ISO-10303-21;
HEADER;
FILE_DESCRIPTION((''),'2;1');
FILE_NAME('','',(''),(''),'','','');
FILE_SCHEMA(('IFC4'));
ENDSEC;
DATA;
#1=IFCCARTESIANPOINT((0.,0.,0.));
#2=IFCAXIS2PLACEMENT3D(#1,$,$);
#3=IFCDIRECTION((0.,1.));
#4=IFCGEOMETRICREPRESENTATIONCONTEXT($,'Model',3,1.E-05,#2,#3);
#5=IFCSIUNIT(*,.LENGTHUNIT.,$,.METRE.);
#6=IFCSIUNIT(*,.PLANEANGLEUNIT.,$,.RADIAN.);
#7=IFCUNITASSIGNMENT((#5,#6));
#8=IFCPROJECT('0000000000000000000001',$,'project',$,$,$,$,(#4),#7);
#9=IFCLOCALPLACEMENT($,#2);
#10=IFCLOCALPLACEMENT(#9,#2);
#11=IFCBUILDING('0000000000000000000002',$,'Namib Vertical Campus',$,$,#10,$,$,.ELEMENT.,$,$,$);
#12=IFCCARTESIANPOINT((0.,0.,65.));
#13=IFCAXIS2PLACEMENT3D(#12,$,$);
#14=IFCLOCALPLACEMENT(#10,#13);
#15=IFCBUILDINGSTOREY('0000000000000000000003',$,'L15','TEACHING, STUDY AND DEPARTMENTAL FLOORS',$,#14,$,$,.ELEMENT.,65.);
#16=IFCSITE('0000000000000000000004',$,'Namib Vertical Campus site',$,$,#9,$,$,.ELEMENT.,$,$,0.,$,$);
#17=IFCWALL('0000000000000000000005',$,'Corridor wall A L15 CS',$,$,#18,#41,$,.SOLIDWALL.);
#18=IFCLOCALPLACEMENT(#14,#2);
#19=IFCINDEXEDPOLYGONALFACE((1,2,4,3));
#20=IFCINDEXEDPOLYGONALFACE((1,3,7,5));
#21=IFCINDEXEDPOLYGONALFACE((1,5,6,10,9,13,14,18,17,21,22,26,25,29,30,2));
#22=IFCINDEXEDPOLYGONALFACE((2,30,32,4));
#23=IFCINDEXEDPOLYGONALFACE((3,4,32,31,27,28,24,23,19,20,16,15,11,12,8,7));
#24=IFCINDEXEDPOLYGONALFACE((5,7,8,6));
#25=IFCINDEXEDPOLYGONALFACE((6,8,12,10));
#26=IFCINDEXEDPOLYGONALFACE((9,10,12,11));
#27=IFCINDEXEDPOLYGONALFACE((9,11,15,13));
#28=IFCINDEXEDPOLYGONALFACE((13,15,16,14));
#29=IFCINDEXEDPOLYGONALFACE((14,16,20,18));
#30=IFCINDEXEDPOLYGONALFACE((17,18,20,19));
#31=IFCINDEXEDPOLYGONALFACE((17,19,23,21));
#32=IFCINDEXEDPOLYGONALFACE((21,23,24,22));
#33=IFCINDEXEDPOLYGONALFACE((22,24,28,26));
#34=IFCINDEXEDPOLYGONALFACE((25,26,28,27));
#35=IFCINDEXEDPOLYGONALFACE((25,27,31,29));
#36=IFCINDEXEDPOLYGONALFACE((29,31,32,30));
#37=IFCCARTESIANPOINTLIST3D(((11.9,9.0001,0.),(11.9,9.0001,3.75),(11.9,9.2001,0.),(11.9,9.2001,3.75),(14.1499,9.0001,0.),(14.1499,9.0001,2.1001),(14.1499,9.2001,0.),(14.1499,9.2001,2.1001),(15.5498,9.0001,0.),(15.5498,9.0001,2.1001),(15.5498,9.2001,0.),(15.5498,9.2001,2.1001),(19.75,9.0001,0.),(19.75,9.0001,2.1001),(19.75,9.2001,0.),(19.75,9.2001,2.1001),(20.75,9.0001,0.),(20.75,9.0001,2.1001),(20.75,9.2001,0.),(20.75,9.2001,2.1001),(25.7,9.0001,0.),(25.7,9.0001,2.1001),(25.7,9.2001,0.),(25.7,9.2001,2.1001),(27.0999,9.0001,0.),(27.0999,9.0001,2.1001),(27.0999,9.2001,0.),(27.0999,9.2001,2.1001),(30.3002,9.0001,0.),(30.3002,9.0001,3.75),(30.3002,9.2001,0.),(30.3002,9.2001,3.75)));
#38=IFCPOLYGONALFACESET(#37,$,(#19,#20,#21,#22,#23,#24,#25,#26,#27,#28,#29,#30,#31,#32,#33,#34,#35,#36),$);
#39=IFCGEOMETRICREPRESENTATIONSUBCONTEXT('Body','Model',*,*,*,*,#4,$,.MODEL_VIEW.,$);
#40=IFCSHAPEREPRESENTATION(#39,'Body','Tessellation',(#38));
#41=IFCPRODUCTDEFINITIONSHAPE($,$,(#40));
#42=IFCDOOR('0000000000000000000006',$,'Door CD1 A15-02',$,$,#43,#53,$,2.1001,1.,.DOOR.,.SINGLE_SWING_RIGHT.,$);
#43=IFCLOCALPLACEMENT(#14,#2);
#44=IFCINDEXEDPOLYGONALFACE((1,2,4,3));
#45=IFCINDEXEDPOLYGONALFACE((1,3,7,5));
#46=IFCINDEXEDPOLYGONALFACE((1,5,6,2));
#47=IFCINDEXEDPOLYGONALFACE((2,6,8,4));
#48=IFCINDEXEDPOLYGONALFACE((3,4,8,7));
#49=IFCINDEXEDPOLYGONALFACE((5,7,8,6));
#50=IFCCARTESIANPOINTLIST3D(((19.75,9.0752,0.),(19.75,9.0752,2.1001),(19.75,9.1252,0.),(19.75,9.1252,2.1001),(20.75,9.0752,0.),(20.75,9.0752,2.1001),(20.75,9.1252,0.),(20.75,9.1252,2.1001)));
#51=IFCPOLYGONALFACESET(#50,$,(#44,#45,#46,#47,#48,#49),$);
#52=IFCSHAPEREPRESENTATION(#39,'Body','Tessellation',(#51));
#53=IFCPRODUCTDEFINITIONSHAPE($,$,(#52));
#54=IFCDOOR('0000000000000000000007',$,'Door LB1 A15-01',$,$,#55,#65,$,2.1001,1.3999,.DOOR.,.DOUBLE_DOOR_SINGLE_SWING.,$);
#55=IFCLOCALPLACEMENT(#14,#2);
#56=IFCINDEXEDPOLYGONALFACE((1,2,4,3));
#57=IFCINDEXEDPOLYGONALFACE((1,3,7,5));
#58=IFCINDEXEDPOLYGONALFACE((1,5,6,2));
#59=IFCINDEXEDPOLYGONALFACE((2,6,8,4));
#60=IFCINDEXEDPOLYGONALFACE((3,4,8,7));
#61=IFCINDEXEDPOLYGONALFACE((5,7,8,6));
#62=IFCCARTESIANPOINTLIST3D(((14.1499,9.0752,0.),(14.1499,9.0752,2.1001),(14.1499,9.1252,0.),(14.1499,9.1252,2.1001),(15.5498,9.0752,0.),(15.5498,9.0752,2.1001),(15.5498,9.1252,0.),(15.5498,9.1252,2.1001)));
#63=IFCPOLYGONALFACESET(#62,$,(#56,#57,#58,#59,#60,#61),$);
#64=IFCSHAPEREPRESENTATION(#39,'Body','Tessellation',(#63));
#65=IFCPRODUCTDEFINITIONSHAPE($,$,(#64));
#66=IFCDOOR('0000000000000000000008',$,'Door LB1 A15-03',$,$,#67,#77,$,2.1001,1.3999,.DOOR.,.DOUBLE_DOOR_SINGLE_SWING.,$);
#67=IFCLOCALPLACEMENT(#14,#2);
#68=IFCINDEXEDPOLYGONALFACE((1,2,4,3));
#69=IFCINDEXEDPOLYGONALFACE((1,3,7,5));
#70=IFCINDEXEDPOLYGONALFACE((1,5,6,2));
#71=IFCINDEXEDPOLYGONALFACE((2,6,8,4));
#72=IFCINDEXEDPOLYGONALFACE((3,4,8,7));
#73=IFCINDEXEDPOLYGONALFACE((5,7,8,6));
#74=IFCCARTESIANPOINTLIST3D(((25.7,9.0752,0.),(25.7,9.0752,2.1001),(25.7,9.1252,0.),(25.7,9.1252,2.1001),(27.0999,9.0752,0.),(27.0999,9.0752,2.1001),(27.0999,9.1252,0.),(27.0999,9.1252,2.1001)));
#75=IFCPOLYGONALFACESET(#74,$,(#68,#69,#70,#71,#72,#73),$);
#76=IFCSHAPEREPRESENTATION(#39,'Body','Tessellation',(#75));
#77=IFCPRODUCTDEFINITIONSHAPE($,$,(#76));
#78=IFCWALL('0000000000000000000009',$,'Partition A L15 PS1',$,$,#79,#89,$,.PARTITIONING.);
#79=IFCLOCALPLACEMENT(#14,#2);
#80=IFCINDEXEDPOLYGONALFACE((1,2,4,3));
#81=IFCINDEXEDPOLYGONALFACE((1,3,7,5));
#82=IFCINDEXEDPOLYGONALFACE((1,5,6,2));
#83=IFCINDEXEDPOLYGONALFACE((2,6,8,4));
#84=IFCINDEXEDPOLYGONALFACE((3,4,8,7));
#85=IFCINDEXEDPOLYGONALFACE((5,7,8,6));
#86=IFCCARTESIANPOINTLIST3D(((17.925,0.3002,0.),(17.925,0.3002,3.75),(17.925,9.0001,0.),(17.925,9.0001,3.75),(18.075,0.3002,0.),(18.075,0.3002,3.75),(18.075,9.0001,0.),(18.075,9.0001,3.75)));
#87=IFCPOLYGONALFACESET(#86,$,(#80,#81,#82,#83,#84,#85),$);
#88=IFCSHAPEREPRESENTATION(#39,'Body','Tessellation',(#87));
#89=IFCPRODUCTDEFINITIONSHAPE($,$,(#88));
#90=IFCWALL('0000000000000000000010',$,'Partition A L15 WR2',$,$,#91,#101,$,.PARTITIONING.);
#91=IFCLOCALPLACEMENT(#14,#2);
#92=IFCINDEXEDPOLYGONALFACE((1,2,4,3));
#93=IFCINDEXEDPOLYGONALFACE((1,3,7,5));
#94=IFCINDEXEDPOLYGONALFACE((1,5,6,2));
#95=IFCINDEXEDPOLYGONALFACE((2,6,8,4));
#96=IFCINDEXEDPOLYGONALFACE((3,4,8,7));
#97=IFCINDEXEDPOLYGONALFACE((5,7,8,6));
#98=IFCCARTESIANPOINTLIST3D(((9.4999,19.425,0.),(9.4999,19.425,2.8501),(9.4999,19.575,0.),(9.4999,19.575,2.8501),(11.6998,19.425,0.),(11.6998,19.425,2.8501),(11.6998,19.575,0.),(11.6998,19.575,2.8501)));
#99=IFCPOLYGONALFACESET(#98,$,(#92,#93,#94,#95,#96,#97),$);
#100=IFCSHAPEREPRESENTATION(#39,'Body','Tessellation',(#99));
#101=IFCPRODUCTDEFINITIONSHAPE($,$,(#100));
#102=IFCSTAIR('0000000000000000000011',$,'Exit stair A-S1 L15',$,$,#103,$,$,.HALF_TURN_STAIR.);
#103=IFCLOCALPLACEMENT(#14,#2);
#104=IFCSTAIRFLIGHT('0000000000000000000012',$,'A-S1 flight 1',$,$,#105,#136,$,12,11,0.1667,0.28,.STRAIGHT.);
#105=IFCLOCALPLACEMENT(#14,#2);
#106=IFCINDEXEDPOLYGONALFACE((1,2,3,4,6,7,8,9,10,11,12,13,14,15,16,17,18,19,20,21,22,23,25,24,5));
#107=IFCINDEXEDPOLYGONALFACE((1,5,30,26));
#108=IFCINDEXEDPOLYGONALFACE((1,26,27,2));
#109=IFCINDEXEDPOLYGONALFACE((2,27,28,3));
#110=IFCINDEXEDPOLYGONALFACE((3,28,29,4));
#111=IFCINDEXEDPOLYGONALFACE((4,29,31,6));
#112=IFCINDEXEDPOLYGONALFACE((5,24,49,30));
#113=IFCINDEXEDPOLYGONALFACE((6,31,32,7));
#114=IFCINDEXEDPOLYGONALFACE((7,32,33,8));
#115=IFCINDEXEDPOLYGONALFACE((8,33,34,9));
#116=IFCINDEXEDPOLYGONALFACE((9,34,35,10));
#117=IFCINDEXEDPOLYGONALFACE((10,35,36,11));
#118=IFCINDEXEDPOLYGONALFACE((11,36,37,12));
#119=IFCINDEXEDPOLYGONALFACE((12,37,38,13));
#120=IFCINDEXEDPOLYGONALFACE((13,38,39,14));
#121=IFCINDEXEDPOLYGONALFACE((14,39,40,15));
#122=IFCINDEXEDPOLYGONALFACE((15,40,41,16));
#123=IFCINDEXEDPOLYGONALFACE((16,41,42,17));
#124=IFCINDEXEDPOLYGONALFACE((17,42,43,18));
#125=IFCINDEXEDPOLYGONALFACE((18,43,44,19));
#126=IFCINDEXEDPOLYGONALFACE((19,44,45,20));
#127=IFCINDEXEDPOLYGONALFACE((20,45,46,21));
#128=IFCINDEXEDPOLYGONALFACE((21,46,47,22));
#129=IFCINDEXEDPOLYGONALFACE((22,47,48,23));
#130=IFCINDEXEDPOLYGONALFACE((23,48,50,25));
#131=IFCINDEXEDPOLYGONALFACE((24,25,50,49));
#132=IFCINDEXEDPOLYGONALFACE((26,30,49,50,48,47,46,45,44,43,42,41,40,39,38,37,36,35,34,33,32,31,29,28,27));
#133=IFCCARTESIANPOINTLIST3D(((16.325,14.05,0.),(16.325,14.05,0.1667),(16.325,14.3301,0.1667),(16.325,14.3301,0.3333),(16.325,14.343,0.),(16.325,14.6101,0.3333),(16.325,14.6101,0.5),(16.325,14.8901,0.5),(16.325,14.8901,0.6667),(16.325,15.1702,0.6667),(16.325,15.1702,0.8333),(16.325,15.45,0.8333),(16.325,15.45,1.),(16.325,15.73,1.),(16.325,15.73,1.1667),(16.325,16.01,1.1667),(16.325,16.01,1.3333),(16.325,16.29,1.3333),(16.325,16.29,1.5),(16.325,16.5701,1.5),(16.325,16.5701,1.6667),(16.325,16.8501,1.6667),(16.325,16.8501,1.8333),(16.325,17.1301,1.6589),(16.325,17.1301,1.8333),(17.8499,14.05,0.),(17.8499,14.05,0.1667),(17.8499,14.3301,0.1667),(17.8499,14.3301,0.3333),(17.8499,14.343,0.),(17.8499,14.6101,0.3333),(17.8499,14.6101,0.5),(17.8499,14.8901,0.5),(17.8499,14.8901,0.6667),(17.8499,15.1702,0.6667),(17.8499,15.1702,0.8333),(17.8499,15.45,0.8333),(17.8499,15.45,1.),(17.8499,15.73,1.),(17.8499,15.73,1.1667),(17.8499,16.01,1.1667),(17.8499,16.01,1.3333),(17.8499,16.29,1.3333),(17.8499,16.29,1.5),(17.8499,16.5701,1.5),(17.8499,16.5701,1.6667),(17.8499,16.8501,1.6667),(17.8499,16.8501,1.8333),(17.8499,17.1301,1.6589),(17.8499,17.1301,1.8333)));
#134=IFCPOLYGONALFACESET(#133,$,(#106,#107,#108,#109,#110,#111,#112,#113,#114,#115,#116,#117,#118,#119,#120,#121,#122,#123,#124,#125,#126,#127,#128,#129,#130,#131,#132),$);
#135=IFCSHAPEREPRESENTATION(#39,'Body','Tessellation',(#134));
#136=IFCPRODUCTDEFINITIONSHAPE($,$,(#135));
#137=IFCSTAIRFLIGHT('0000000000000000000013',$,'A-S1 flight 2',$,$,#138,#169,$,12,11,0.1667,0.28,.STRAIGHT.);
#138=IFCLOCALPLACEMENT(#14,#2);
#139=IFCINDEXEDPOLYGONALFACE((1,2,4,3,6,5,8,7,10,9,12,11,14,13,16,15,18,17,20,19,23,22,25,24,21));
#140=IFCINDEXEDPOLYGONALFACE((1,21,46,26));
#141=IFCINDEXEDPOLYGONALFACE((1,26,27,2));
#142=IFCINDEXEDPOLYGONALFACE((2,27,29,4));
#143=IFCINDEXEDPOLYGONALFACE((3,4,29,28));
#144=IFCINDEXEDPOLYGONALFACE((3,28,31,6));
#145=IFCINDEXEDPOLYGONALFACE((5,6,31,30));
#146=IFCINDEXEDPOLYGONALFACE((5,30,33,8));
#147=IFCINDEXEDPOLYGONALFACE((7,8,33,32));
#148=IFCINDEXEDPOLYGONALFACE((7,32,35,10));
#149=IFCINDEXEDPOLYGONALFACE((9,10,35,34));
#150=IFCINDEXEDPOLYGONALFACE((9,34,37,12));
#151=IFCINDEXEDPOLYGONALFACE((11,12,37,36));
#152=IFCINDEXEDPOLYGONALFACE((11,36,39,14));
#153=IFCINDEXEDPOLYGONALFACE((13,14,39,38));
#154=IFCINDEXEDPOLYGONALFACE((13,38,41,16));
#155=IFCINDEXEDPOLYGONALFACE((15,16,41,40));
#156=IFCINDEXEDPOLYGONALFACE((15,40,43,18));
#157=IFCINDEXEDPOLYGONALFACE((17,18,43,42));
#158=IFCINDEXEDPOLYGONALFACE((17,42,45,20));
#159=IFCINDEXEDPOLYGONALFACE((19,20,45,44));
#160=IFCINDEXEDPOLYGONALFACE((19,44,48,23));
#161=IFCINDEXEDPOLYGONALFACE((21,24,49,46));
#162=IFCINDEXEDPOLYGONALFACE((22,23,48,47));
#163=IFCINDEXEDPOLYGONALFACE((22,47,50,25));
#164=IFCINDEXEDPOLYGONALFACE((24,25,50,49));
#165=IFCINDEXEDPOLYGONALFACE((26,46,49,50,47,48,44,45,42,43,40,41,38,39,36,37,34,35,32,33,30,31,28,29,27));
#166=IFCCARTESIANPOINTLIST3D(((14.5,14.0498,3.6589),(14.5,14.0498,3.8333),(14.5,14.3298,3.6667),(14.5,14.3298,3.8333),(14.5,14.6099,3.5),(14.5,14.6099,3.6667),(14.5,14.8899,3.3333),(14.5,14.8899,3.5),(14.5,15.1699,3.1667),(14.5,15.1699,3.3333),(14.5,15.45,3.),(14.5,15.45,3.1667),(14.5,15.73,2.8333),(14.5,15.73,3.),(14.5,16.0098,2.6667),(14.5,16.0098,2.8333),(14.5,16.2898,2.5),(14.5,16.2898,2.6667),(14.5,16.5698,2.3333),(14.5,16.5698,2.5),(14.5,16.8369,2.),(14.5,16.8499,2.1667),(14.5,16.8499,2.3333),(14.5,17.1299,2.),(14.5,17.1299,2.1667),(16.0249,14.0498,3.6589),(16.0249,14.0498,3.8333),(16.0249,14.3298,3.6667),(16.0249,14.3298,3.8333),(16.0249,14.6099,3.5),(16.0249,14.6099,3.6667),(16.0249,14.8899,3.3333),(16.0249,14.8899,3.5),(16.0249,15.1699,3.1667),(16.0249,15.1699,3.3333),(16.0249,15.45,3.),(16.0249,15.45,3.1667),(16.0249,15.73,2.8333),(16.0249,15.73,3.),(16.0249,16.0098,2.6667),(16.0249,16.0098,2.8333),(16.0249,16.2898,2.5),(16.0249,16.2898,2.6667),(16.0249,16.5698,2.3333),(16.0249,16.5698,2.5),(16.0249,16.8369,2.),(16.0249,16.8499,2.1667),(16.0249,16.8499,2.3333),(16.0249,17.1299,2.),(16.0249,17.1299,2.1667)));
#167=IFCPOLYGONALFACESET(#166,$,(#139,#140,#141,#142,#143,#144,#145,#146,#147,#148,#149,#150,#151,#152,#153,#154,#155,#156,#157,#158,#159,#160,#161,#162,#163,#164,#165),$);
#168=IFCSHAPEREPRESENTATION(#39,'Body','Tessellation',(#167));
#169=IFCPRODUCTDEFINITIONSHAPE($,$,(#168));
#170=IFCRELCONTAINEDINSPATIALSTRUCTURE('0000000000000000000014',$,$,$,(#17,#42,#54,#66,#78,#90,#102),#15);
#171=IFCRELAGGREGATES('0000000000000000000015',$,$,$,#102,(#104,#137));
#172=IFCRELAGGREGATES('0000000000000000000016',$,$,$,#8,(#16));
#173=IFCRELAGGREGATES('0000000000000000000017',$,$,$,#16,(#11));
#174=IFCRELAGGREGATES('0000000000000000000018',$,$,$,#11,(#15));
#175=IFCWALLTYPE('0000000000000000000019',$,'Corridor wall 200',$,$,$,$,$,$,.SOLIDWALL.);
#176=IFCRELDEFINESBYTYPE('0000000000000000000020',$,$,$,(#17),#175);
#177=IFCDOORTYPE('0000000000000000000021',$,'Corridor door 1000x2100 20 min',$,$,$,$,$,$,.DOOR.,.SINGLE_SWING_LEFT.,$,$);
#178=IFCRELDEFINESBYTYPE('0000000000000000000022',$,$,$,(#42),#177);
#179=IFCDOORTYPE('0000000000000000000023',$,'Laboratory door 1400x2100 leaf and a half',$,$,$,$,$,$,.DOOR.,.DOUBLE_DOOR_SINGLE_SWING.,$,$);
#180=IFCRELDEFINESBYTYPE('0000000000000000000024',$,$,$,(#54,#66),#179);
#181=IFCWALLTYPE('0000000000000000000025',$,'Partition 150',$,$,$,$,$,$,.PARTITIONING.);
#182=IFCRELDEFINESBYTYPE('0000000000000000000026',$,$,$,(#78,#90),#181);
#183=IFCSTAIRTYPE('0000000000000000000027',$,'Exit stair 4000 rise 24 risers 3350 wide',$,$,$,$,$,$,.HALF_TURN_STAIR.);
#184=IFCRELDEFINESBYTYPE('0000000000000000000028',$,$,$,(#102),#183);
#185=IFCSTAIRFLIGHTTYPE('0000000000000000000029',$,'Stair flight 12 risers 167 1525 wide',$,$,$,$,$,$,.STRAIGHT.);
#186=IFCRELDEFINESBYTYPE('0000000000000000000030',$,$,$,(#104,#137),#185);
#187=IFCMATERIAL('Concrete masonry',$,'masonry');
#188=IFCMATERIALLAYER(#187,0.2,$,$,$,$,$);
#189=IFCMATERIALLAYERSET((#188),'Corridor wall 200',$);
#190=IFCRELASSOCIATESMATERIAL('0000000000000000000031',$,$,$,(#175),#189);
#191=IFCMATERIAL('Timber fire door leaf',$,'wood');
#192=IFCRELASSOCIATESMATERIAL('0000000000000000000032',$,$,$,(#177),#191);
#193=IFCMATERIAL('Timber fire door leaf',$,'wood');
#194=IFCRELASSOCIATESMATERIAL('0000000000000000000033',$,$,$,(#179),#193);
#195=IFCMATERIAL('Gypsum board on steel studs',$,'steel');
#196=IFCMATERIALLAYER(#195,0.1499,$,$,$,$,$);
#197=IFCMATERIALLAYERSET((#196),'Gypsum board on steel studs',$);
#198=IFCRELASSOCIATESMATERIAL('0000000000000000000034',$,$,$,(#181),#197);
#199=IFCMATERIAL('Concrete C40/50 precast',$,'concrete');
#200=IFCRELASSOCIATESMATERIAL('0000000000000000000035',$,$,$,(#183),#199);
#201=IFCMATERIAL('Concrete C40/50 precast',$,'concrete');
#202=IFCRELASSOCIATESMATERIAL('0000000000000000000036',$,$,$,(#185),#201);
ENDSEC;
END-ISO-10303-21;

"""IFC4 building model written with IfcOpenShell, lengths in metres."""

from ifc_helpers import new_model, si_unit, direction, frame, frame_2d, origin, place, context, subcontext, project, spatial, polyline, rectangle, outline, extrude, material, layer, layer_set, type_object, element, fill, aggregate, save


model = new_model("IFC4")

# Units and contexts
model_context = context("Model", 3, precision=1e-05, world=origin(), true_north=direction((0.0, 1.0)))
body_context = subcontext(model_context, "Body", "Model", "MODEL_VIEW")
ifc_project = project(units=[si_unit("LENGTHUNIT", "METRE"), si_unit("PLANEANGLEUNIT", "RADIAN")], contexts=[model_context])

# Site, building, storey
site_placement = place(None, origin())
site = spatial("IfcSite", under=ifc_project, at=site_placement, Name="Namib Vertical Campus site", CompositionType="ELEMENT", RefElevation=0.0)
building_placement = place(site_placement, origin())
building = spatial("IfcBuilding", under=site, at=building_placement, Name="Namib Vertical Campus", CompositionType="ELEMENT")
storey_placement = place(building_placement, frame((0.0, 0.0, 65.0)))
storey = spatial("IfcBuildingStorey", under=building, at=storey_placement, Name="L15", Description="TEACHING, STUDY AND DEPARTMENTAL FLOORS", CompositionType="ELEMENT", Elevation=65.0)

# Wall, openings, doors
ifc_material_1 = material(Name="Concrete masonry", Category="masonry")
ifc_layer_1 = layer(ifc_material_1, 0.2)
ifc_layer_set_1 = layer_set([ifc_layer_1], Name="Corridor wall 200")
wall_type_1 = type_object("IfcWallType", Name="Corridor wall 200", PredefinedType="SOLIDWALL", material=ifc_layer_set_1)
wall_1_placement = place(storey_placement, frame((11.8999, 9.1001, 0.0), z_axis=(0.0, 0.0, 1.0), x_axis=(1.0, 0.0, 0.0)))
wall_1 = element("IfcWall", 1, at=wall_1_placement, inside=storey, type_object=wall_type_1, Name="Corridor wall A L15 CS", PredefinedType="SOLIDWALL", context=body_context, shape_type="SweptSolid", body=[
    extrude(rectangle(XDim=18.4001, YDim=0.2, at=frame_2d((9.2002, 0.0))), origin(), (0.0, 0.0, 1.0), 3.75),
])
opening_1_placement = place(wall_1_placement, frame((2.25, 0.0, 0.0)))
opening_1 = element("IfcOpeningElement", 2, at=opening_1_placement, cuts=wall_1, PredefinedType="OPENING", context=body_context, shape_type="SweptSolid", body=[
    extrude(rectangle(XDim=1.3999, YDim=2.1001, at=frame_2d((0.7, 1.05))), frame((0.0, 0.1099, 0.0), z_axis=(0.0, -1.0, 0.0), x_axis=(1.0, 0.0, 0.0)), (0.0, 0.0, 1.0), 0.22),
])
opening_2_placement = place(wall_1_placement, frame((7.8501, 0.0, 0.0)))
opening_2 = element("IfcOpeningElement", 3, at=opening_2_placement, cuts=wall_1, PredefinedType="OPENING", context=body_context, shape_type="SweptSolid", body=[
    extrude(rectangle(XDim=1.0, YDim=2.1001, at=frame_2d((0.5, 1.05))), frame((0.0, 0.1099, 0.0), z_axis=(0.0, -1.0, 0.0), x_axis=(1.0, 0.0, 0.0)), (0.0, 0.0, 1.0), 0.22),
])
opening_3_placement = place(wall_1_placement, frame((13.8, 0.0, 0.0)))
opening_3 = element("IfcOpeningElement", 4, at=opening_3_placement, cuts=wall_1, PredefinedType="OPENING", context=body_context, shape_type="SweptSolid", body=[
    extrude(rectangle(XDim=1.3999, YDim=2.1001, at=frame_2d((0.7, 1.05))), frame((0.0, 0.1099, 0.0), z_axis=(0.0, -1.0, 0.0), x_axis=(1.0, 0.0, 0.0)), (0.0, 0.0, 1.0), 0.22),
])
ifc_material_2 = material(Name="Timber fire door leaf", Category="wood")
door_type_1 = type_object("IfcDoorType", Name="Corridor door 1000x2100 20 min", OperationType="SINGLE_SWING_LEFT", PredefinedType="DOOR", material=ifc_material_2)
door_1_placement = place(opening_2_placement, frame((1.0, 0.0, 0.0), z_axis=(0.0, 0.0, 1.0), x_axis=(-1.0, 0.0, 0.0)))
door_1 = element("IfcDoor", 5, at=door_1_placement, inside=storey, type_object=door_type_1, Name="Door CD1 A15-02", OperationType="SINGLE_SWING_RIGHT", OverallHeight=2.1001, OverallWidth=1.0, PredefinedType="DOOR", context=body_context, shape_type="SweptSolid", body=[
    extrude(rectangle(XDim=1.0, YDim=2.1001, at=frame_2d((0.5, 1.05))), frame((0.0, 0.0249, 0.0), z_axis=(0.0, -1.0, 0.0), x_axis=(1.0, 0.0, 0.0)), (0.0, 0.0, 1.0), 0.05),
])
fill(opening_2, door_1)
ifc_material_3 = material(Name="Timber fire door leaf", Category="wood")
door_type_2 = type_object("IfcDoorType", Name="Laboratory door 1400x2100 leaf and a half", OperationType="DOUBLE_DOOR_SINGLE_SWING", PredefinedType="DOOR", material=ifc_material_3)
door_2_placement = place(opening_1_placement, frame((1.3999, 0.0, 0.0), z_axis=(0.0, 0.0, 1.0), x_axis=(-1.0, 0.0, 0.0)))
door_2 = element("IfcDoor", 6, at=door_2_placement, inside=storey, type_object=door_type_2, Name="Door LB1 A15-01", OperationType="DOUBLE_DOOR_SINGLE_SWING", OverallHeight=2.1001, OverallWidth=1.3999, PredefinedType="DOOR", context=body_context, shape_type="SweptSolid", body=[
    extrude(rectangle(XDim=1.3999, YDim=2.1001, at=frame_2d((0.7, 1.05))), frame((0.0, 0.0249, 0.0), z_axis=(0.0, -1.0, 0.0), x_axis=(1.0, 0.0, 0.0)), (0.0, 0.0, 1.0), 0.05),
])
fill(opening_1, door_2)
door_3_placement = place(opening_3_placement, frame((1.3999, 0.0, 0.0), z_axis=(0.0, 0.0, 1.0), x_axis=(-1.0, 0.0, 0.0)))
door_3 = element("IfcDoor", 7, at=door_3_placement, inside=storey, type_object=door_type_2, Name="Door LB1 A15-03", OperationType="DOUBLE_DOOR_SINGLE_SWING", OverallHeight=2.1001, OverallWidth=1.3999, PredefinedType="DOOR", context=body_context, shape_type="SweptSolid", body=[
    extrude(rectangle(XDim=1.3999, YDim=2.1001, at=frame_2d((0.7, 1.05))), frame((0.0, 0.0249, 0.0), z_axis=(0.0, -1.0, 0.0), x_axis=(1.0, 0.0, 0.0)), (0.0, 0.0, 1.0), 0.05),
])
fill(opening_3, door_3)

# Walls
ifc_material_4 = material(Name="Gypsum board on steel studs", Category="steel")
ifc_layer_2 = layer(ifc_material_4, 0.1499)
ifc_layer_set_2 = layer_set([ifc_layer_2], Name="Gypsum board on steel studs")
wall_type_2 = type_object("IfcWallType", Name="Partition 150", PredefinedType="PARTITIONING", material=ifc_layer_set_2)
wall_2_placement = place(storey_placement, frame((18.0, 0.3, 0.0), z_axis=(0.0, 0.0, 1.0), x_axis=(0.0, 1.0, 0.0)))
element("IfcWall", 8, at=wall_2_placement, inside=storey, type_object=wall_type_2, Name="Partition A L15 PS1", PredefinedType="PARTITIONING", context=body_context, shape_type="SweptSolid", body=[
    extrude(rectangle(XDim=8.7, YDim=0.1499, at=frame_2d((4.3501, 0.0))), origin(), (0.0, 0.0, 1.0), 3.75),
])
wall_3_placement = place(storey_placement, frame((11.7, 19.5, 0.0), z_axis=(0.0, 0.0, 1.0), x_axis=(-1.0, 0.0, 0.0)))
element("IfcWall", 9, at=wall_3_placement, inside=storey, type_object=wall_type_2, Name="Partition A L15 WR2", PredefinedType="PARTITIONING", context=body_context, shape_type="SweptSolid", body=[
    extrude(rectangle(XDim=2.2, YDim=0.1499, at=frame_2d((1.1001, 0.0))), origin(), (0.0, 0.0, 1.0), 2.8501),
])

# Stair, stair flights
ifc_material_5 = material(Name="Concrete C40/50 precast", Category="concrete")
stair_type = type_object("IfcStairType", Name="Exit stair 4000 rise 24 risers 3350 wide", PredefinedType="HALF_TURN_STAIR", material=ifc_material_5)
stair_placement = place(storey_placement, origin())
stair = element("IfcStair", 10, at=stair_placement, inside=storey, type_object=stair_type, Name="Exit stair A-S1 L15", PredefinedType="HALF_TURN_STAIR")
ifc_material_6 = material(Name="Concrete C40/50 precast", Category="concrete")
stair_flight_type = type_object("IfcStairFlightType", Name="Stair flight 12 risers 167 1525 wide", PredefinedType="STRAIGHT", material=ifc_material_6)
stair_flight_1_placement = place(storey_placement, frame((17.0874, 14.05, 0.0), z_axis=(0.0, 0.0, 1.0), x_axis=(0.0, 1.0, 0.0)))
stair_flight_1 = element("IfcStairFlight", 11, at=stair_flight_1_placement, type_object=stair_flight_type, Name="A-S1 flight 1", NumberOfRisers=12, NumberOfTreads=11, PredefinedType="STRAIGHT", RiserHeight=0.1667, TreadLength=0.28, context=body_context, shape_type="SweptSolid", body=[
    extrude(outline(polyline([(0.0, 0.0), (0.0, 0.1667), (0.28, 0.1667), (0.28, 0.3333), (0.5601, 0.3333), (0.5601, 0.5), (0.8401, 0.5), (0.8401, 0.6667), (1.1201, 0.6667), (1.1201, 0.8333), (1.3999, 0.8333), (1.3999, 1.0), (1.6799, 1.0), (1.6799, 1.1667), (1.96, 1.1667), (1.96, 1.3333), (2.24, 1.3333), (2.24, 1.5), (2.52, 1.5), (2.52, 1.6667), (2.8, 1.6667), (2.8, 1.8333), (3.0801, 1.8333), (3.0801, 2.0), (3.0801, 1.6589), (0.293, 0.0), (0.0, 0.0)])), frame((0.0, 0.7625, 0.0), z_axis=(0.0, -1.0, 0.0), x_axis=(1.0, 0.0, 0.0)), (0.0, 0.0, 1.0), 1.5249),
])
stair_flight_2_placement = place(storey_placement, frame((15.2625, 17.1299, 2.0), z_axis=(0.0, 0.0, 1.0), x_axis=(0.0, -1.0, 0.0)))
stair_flight_2 = element("IfcStairFlight", 12, at=stair_flight_2_placement, type_object=stair_flight_type, Name="A-S1 flight 2", NumberOfRisers=12, NumberOfTreads=11, PredefinedType="STRAIGHT", RiserHeight=0.1667, TreadLength=0.28, context=body_context, shape_type="SweptSolid", body=[
    extrude(outline(polyline([(0.0, 0.0), (0.0, 0.1667), (0.28, 0.1667), (0.28, 0.3333), (0.5601, 0.3333), (0.5601, 0.5), (0.8401, 0.5), (0.8401, 0.6667), (1.1201, 0.6667), (1.1201, 0.8333), (1.3999, 0.8333), (1.3999, 1.0), (1.6799, 1.0), (1.6799, 1.1667), (1.96, 1.1667), (1.96, 1.3333), (2.24, 1.3333), (2.24, 1.5), (2.52, 1.5), (2.52, 1.6667), (2.8, 1.6667), (2.8, 1.8333), (3.0801, 1.8333), (3.0801, 2.0), (3.0801, 1.6589), (0.293, 0.0), (0.0, 0.0)])), frame((0.0, 0.7625, 0.0), z_axis=(0.0, -1.0, 0.0), x_axis=(1.0, 0.0, 0.0)), (0.0, 0.0, 1.0), 1.5249),
])
aggregate(stair, [stair_flight_1, stair_flight_2])

save(model, "model.ifc")
